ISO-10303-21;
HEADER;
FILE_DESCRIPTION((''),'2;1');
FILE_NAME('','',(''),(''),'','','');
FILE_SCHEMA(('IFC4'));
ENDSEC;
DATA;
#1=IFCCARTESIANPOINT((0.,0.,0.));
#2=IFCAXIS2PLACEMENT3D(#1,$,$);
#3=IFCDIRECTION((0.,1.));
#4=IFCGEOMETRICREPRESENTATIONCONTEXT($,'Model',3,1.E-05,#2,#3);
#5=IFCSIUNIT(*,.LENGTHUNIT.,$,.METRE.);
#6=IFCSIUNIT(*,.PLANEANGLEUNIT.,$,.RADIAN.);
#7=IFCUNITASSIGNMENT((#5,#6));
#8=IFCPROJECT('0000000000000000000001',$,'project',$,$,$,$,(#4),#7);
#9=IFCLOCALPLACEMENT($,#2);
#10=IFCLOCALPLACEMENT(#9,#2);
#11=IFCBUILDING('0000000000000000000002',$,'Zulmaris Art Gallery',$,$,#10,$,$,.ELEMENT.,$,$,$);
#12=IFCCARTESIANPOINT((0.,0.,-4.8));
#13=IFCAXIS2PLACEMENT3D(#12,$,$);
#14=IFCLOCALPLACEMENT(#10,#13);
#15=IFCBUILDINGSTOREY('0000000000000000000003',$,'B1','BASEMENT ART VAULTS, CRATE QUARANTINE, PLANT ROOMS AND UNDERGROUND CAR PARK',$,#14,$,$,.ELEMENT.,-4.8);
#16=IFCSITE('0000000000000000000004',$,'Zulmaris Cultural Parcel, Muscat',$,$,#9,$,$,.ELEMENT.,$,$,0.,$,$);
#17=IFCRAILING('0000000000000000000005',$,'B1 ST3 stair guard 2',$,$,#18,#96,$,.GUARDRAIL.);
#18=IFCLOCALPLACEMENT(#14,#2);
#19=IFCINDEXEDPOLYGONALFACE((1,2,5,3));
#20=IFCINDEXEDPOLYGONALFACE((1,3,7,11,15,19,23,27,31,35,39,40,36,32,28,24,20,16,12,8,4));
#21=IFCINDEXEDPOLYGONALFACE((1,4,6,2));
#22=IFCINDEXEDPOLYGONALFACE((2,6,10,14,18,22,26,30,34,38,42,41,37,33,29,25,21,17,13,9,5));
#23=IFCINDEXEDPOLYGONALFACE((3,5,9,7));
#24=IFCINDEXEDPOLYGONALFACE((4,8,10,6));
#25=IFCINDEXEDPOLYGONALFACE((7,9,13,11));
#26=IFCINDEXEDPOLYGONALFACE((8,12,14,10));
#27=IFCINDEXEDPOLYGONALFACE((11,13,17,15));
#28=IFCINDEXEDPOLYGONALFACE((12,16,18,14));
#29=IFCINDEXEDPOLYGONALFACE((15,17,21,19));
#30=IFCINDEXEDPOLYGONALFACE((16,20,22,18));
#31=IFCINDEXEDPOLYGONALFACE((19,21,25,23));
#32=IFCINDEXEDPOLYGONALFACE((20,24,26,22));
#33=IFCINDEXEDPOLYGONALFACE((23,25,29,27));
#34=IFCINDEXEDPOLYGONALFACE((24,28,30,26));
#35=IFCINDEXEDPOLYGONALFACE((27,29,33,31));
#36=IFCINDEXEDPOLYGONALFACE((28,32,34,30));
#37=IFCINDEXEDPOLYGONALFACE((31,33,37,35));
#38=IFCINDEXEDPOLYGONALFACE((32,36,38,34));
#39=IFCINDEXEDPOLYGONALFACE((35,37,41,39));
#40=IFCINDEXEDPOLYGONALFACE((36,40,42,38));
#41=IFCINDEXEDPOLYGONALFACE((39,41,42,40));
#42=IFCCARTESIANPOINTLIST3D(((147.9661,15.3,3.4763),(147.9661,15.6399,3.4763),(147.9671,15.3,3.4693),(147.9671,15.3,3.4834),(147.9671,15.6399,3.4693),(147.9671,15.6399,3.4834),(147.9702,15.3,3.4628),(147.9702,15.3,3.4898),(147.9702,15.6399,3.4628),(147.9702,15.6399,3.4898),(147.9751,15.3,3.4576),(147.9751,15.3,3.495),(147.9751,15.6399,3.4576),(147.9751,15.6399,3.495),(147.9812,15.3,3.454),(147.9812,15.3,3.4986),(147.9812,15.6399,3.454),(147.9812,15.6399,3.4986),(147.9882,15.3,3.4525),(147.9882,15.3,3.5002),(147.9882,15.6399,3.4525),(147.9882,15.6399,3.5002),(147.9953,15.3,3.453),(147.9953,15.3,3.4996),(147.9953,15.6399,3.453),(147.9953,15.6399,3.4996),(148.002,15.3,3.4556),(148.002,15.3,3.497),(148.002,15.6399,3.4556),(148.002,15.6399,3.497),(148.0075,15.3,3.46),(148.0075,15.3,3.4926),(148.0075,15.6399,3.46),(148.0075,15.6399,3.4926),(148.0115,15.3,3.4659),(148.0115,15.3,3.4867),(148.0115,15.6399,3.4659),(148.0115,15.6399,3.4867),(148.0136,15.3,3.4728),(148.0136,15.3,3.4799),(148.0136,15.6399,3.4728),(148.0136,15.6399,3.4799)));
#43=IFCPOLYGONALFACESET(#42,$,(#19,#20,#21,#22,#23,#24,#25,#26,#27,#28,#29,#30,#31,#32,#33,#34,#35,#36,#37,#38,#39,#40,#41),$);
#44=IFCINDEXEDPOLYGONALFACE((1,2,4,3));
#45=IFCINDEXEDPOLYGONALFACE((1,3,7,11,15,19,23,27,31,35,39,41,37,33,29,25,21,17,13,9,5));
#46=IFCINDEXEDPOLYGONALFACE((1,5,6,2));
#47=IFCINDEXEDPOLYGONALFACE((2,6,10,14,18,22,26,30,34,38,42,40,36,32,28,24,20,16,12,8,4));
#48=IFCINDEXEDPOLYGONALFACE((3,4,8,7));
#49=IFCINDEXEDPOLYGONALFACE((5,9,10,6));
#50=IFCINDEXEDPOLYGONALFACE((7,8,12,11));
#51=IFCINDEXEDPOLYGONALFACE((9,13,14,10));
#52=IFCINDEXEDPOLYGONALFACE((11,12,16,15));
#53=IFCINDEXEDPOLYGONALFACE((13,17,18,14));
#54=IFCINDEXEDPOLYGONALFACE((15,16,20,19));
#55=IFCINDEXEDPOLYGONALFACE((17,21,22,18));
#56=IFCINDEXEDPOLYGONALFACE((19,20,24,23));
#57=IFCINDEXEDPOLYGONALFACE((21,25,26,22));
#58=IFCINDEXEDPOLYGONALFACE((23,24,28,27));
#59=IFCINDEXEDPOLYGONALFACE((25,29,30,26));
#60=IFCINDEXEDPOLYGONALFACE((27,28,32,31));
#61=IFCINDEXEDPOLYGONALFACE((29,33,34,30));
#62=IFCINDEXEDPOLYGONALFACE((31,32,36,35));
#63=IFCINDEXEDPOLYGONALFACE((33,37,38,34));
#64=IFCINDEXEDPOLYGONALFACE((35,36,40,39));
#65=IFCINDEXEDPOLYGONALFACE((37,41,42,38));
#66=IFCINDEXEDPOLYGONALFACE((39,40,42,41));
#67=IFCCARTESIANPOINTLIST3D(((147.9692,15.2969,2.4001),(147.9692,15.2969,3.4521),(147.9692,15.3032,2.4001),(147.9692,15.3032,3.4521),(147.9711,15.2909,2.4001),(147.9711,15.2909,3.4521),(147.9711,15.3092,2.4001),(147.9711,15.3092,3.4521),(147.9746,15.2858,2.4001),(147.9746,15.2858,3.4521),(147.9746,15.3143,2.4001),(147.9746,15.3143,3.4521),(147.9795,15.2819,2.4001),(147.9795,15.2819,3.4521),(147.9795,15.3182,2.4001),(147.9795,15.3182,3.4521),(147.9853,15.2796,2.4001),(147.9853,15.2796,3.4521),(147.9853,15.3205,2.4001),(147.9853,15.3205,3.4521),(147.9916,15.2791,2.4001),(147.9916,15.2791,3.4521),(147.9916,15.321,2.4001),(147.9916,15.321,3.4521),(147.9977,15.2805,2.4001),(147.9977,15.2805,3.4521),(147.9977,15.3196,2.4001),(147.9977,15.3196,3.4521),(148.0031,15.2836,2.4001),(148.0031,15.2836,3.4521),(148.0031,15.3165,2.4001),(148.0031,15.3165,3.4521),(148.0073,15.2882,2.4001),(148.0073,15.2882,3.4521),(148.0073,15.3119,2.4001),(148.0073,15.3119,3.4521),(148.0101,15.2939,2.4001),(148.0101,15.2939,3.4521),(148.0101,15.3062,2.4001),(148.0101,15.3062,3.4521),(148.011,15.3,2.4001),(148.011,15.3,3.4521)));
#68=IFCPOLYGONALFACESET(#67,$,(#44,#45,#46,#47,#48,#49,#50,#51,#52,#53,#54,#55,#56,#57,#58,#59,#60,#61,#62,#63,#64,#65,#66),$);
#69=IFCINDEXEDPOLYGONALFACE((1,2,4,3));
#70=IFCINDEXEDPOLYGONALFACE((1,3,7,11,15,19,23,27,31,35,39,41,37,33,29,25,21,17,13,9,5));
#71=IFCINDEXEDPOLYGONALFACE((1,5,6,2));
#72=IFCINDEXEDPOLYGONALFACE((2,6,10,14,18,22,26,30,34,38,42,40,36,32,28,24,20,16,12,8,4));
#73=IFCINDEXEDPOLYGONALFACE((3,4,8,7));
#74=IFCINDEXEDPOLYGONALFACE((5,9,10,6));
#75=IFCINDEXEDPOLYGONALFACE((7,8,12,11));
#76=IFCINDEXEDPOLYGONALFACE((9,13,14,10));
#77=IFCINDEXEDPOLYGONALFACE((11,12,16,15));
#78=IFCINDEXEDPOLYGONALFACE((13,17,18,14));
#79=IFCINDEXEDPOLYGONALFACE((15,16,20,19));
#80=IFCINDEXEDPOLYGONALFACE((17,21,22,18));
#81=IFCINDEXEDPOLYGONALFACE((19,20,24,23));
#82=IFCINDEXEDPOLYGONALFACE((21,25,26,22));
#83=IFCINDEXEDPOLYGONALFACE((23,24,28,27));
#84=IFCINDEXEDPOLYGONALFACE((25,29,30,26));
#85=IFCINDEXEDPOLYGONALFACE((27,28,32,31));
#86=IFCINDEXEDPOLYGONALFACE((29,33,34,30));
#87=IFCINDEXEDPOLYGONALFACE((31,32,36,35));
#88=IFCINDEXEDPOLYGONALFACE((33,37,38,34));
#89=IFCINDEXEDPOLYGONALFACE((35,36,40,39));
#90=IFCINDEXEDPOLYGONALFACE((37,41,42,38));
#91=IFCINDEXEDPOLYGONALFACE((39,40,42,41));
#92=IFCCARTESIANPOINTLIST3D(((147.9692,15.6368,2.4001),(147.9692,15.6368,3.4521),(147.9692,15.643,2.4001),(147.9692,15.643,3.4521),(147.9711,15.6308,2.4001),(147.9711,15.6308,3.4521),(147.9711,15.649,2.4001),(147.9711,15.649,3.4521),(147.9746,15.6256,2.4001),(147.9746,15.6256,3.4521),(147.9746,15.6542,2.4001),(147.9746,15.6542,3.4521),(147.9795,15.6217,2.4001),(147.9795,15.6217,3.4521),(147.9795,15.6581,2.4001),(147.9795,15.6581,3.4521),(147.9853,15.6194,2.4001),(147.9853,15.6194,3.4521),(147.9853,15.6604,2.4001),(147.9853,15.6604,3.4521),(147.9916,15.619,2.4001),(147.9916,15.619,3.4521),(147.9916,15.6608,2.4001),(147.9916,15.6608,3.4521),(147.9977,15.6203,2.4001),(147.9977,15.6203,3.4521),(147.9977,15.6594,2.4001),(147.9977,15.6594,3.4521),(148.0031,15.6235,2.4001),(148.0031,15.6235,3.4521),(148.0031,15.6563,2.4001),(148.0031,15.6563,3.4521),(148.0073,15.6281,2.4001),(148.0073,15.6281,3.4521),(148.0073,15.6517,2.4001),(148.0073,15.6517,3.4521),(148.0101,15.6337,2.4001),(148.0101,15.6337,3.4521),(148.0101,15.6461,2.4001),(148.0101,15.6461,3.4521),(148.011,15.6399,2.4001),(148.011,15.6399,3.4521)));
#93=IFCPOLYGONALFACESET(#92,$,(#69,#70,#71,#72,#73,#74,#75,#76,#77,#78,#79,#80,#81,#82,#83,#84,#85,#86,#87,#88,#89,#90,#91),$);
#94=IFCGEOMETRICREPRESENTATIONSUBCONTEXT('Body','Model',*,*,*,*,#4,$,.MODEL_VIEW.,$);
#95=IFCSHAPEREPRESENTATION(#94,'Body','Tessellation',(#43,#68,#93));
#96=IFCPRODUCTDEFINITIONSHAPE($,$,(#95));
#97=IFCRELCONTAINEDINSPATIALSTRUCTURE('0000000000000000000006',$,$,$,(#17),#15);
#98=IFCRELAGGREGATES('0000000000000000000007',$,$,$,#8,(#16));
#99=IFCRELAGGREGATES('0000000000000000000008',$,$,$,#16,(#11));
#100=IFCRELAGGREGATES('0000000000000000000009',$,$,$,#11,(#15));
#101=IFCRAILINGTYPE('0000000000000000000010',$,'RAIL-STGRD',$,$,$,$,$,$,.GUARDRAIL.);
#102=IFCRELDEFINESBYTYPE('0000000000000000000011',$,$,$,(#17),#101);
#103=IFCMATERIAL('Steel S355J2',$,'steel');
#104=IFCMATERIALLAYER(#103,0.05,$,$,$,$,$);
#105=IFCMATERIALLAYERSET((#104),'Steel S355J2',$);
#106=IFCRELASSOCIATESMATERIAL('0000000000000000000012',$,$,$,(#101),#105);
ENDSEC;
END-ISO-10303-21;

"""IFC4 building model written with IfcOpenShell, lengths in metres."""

from ifc_helpers import new_model, si_unit, direction, frame, origin, origin_2d, place, context, subcontext, project, spatial, circle, extrude, material, layer, layer_set, type_object, element, save


model = new_model("IFC4")

# Units and contexts
model_context = context("Model", 3, precision=1e-05, world=origin(), true_north=direction((0.0, 1.0)))
body_context = subcontext(model_context, "Body", "Model", "MODEL_VIEW")
ifc_project = project(units=[si_unit("LENGTHUNIT", "METRE"), si_unit("PLANEANGLEUNIT", "RADIAN")], contexts=[model_context])

# Site, building, storey
site_placement = place(None, origin())
site = spatial("IfcSite", under=ifc_project, at=site_placement, Name="Zulmaris Cultural Parcel, Muscat", CompositionType="ELEMENT", RefElevation=0.0)
building_placement = place(site_placement, origin())
building = spatial("IfcBuilding", under=site, at=building_placement, Name="Zulmaris Art Gallery", CompositionType="ELEMENT")
storey_placement = place(building_placement, frame((0.0, 0.0, -4.8)))
storey = spatial("IfcBuildingStorey", under=building, at=storey_placement, Name="B1", Description="BASEMENT ART VAULTS, CRATE QUARANTINE, PLANT ROOMS AND UNDERGROUND CAR PARK", CompositionType="ELEMENT", Elevation=-4.8)

# Railing
ifc_material_1 = material(Name="Steel S355J2", Category="steel")
ifc_layer_1 = layer(ifc_material_1, 0.05)
ifc_layer_set_1 = layer_set([ifc_layer_1], Name="Steel S355J2")
railing_type_1 = type_object("IfcRailingType", Name="RAIL-STGRD", PredefinedType="GUARDRAIL", material=ifc_layer_set_1)
railing_1_placement = place(storey_placement, frame((147.99, 15.3, 2.4001)))
element("IfcRailing", 1, at=railing_1_placement, inside=storey, type_object=railing_type_1, Name="B1 ST3 stair guard 2", PredefinedType="GUARDRAIL", context=body_context, shape_type="SweptSolid", body=[
    extrude(circle(Radius=0.0239, at=origin_2d()), frame((0.0, 0.0, 1.0762), z_axis=(0.0, 1.0, 0.0), x_axis=(-1.0, 0.0, 0.0)), (0.0, 0.0, 1.0), 0.3398),
    extrude(circle(Radius=0.021, at=origin_2d()), origin(), (0.0, 0.0, 1.0), 1.052),
    extrude(circle(Radius=0.021, at=origin_2d()), frame((0.0, 0.3398, 0.0)), (0.0, 0.0, 1.0), 1.052),
])

save(model, "model.ifc")
